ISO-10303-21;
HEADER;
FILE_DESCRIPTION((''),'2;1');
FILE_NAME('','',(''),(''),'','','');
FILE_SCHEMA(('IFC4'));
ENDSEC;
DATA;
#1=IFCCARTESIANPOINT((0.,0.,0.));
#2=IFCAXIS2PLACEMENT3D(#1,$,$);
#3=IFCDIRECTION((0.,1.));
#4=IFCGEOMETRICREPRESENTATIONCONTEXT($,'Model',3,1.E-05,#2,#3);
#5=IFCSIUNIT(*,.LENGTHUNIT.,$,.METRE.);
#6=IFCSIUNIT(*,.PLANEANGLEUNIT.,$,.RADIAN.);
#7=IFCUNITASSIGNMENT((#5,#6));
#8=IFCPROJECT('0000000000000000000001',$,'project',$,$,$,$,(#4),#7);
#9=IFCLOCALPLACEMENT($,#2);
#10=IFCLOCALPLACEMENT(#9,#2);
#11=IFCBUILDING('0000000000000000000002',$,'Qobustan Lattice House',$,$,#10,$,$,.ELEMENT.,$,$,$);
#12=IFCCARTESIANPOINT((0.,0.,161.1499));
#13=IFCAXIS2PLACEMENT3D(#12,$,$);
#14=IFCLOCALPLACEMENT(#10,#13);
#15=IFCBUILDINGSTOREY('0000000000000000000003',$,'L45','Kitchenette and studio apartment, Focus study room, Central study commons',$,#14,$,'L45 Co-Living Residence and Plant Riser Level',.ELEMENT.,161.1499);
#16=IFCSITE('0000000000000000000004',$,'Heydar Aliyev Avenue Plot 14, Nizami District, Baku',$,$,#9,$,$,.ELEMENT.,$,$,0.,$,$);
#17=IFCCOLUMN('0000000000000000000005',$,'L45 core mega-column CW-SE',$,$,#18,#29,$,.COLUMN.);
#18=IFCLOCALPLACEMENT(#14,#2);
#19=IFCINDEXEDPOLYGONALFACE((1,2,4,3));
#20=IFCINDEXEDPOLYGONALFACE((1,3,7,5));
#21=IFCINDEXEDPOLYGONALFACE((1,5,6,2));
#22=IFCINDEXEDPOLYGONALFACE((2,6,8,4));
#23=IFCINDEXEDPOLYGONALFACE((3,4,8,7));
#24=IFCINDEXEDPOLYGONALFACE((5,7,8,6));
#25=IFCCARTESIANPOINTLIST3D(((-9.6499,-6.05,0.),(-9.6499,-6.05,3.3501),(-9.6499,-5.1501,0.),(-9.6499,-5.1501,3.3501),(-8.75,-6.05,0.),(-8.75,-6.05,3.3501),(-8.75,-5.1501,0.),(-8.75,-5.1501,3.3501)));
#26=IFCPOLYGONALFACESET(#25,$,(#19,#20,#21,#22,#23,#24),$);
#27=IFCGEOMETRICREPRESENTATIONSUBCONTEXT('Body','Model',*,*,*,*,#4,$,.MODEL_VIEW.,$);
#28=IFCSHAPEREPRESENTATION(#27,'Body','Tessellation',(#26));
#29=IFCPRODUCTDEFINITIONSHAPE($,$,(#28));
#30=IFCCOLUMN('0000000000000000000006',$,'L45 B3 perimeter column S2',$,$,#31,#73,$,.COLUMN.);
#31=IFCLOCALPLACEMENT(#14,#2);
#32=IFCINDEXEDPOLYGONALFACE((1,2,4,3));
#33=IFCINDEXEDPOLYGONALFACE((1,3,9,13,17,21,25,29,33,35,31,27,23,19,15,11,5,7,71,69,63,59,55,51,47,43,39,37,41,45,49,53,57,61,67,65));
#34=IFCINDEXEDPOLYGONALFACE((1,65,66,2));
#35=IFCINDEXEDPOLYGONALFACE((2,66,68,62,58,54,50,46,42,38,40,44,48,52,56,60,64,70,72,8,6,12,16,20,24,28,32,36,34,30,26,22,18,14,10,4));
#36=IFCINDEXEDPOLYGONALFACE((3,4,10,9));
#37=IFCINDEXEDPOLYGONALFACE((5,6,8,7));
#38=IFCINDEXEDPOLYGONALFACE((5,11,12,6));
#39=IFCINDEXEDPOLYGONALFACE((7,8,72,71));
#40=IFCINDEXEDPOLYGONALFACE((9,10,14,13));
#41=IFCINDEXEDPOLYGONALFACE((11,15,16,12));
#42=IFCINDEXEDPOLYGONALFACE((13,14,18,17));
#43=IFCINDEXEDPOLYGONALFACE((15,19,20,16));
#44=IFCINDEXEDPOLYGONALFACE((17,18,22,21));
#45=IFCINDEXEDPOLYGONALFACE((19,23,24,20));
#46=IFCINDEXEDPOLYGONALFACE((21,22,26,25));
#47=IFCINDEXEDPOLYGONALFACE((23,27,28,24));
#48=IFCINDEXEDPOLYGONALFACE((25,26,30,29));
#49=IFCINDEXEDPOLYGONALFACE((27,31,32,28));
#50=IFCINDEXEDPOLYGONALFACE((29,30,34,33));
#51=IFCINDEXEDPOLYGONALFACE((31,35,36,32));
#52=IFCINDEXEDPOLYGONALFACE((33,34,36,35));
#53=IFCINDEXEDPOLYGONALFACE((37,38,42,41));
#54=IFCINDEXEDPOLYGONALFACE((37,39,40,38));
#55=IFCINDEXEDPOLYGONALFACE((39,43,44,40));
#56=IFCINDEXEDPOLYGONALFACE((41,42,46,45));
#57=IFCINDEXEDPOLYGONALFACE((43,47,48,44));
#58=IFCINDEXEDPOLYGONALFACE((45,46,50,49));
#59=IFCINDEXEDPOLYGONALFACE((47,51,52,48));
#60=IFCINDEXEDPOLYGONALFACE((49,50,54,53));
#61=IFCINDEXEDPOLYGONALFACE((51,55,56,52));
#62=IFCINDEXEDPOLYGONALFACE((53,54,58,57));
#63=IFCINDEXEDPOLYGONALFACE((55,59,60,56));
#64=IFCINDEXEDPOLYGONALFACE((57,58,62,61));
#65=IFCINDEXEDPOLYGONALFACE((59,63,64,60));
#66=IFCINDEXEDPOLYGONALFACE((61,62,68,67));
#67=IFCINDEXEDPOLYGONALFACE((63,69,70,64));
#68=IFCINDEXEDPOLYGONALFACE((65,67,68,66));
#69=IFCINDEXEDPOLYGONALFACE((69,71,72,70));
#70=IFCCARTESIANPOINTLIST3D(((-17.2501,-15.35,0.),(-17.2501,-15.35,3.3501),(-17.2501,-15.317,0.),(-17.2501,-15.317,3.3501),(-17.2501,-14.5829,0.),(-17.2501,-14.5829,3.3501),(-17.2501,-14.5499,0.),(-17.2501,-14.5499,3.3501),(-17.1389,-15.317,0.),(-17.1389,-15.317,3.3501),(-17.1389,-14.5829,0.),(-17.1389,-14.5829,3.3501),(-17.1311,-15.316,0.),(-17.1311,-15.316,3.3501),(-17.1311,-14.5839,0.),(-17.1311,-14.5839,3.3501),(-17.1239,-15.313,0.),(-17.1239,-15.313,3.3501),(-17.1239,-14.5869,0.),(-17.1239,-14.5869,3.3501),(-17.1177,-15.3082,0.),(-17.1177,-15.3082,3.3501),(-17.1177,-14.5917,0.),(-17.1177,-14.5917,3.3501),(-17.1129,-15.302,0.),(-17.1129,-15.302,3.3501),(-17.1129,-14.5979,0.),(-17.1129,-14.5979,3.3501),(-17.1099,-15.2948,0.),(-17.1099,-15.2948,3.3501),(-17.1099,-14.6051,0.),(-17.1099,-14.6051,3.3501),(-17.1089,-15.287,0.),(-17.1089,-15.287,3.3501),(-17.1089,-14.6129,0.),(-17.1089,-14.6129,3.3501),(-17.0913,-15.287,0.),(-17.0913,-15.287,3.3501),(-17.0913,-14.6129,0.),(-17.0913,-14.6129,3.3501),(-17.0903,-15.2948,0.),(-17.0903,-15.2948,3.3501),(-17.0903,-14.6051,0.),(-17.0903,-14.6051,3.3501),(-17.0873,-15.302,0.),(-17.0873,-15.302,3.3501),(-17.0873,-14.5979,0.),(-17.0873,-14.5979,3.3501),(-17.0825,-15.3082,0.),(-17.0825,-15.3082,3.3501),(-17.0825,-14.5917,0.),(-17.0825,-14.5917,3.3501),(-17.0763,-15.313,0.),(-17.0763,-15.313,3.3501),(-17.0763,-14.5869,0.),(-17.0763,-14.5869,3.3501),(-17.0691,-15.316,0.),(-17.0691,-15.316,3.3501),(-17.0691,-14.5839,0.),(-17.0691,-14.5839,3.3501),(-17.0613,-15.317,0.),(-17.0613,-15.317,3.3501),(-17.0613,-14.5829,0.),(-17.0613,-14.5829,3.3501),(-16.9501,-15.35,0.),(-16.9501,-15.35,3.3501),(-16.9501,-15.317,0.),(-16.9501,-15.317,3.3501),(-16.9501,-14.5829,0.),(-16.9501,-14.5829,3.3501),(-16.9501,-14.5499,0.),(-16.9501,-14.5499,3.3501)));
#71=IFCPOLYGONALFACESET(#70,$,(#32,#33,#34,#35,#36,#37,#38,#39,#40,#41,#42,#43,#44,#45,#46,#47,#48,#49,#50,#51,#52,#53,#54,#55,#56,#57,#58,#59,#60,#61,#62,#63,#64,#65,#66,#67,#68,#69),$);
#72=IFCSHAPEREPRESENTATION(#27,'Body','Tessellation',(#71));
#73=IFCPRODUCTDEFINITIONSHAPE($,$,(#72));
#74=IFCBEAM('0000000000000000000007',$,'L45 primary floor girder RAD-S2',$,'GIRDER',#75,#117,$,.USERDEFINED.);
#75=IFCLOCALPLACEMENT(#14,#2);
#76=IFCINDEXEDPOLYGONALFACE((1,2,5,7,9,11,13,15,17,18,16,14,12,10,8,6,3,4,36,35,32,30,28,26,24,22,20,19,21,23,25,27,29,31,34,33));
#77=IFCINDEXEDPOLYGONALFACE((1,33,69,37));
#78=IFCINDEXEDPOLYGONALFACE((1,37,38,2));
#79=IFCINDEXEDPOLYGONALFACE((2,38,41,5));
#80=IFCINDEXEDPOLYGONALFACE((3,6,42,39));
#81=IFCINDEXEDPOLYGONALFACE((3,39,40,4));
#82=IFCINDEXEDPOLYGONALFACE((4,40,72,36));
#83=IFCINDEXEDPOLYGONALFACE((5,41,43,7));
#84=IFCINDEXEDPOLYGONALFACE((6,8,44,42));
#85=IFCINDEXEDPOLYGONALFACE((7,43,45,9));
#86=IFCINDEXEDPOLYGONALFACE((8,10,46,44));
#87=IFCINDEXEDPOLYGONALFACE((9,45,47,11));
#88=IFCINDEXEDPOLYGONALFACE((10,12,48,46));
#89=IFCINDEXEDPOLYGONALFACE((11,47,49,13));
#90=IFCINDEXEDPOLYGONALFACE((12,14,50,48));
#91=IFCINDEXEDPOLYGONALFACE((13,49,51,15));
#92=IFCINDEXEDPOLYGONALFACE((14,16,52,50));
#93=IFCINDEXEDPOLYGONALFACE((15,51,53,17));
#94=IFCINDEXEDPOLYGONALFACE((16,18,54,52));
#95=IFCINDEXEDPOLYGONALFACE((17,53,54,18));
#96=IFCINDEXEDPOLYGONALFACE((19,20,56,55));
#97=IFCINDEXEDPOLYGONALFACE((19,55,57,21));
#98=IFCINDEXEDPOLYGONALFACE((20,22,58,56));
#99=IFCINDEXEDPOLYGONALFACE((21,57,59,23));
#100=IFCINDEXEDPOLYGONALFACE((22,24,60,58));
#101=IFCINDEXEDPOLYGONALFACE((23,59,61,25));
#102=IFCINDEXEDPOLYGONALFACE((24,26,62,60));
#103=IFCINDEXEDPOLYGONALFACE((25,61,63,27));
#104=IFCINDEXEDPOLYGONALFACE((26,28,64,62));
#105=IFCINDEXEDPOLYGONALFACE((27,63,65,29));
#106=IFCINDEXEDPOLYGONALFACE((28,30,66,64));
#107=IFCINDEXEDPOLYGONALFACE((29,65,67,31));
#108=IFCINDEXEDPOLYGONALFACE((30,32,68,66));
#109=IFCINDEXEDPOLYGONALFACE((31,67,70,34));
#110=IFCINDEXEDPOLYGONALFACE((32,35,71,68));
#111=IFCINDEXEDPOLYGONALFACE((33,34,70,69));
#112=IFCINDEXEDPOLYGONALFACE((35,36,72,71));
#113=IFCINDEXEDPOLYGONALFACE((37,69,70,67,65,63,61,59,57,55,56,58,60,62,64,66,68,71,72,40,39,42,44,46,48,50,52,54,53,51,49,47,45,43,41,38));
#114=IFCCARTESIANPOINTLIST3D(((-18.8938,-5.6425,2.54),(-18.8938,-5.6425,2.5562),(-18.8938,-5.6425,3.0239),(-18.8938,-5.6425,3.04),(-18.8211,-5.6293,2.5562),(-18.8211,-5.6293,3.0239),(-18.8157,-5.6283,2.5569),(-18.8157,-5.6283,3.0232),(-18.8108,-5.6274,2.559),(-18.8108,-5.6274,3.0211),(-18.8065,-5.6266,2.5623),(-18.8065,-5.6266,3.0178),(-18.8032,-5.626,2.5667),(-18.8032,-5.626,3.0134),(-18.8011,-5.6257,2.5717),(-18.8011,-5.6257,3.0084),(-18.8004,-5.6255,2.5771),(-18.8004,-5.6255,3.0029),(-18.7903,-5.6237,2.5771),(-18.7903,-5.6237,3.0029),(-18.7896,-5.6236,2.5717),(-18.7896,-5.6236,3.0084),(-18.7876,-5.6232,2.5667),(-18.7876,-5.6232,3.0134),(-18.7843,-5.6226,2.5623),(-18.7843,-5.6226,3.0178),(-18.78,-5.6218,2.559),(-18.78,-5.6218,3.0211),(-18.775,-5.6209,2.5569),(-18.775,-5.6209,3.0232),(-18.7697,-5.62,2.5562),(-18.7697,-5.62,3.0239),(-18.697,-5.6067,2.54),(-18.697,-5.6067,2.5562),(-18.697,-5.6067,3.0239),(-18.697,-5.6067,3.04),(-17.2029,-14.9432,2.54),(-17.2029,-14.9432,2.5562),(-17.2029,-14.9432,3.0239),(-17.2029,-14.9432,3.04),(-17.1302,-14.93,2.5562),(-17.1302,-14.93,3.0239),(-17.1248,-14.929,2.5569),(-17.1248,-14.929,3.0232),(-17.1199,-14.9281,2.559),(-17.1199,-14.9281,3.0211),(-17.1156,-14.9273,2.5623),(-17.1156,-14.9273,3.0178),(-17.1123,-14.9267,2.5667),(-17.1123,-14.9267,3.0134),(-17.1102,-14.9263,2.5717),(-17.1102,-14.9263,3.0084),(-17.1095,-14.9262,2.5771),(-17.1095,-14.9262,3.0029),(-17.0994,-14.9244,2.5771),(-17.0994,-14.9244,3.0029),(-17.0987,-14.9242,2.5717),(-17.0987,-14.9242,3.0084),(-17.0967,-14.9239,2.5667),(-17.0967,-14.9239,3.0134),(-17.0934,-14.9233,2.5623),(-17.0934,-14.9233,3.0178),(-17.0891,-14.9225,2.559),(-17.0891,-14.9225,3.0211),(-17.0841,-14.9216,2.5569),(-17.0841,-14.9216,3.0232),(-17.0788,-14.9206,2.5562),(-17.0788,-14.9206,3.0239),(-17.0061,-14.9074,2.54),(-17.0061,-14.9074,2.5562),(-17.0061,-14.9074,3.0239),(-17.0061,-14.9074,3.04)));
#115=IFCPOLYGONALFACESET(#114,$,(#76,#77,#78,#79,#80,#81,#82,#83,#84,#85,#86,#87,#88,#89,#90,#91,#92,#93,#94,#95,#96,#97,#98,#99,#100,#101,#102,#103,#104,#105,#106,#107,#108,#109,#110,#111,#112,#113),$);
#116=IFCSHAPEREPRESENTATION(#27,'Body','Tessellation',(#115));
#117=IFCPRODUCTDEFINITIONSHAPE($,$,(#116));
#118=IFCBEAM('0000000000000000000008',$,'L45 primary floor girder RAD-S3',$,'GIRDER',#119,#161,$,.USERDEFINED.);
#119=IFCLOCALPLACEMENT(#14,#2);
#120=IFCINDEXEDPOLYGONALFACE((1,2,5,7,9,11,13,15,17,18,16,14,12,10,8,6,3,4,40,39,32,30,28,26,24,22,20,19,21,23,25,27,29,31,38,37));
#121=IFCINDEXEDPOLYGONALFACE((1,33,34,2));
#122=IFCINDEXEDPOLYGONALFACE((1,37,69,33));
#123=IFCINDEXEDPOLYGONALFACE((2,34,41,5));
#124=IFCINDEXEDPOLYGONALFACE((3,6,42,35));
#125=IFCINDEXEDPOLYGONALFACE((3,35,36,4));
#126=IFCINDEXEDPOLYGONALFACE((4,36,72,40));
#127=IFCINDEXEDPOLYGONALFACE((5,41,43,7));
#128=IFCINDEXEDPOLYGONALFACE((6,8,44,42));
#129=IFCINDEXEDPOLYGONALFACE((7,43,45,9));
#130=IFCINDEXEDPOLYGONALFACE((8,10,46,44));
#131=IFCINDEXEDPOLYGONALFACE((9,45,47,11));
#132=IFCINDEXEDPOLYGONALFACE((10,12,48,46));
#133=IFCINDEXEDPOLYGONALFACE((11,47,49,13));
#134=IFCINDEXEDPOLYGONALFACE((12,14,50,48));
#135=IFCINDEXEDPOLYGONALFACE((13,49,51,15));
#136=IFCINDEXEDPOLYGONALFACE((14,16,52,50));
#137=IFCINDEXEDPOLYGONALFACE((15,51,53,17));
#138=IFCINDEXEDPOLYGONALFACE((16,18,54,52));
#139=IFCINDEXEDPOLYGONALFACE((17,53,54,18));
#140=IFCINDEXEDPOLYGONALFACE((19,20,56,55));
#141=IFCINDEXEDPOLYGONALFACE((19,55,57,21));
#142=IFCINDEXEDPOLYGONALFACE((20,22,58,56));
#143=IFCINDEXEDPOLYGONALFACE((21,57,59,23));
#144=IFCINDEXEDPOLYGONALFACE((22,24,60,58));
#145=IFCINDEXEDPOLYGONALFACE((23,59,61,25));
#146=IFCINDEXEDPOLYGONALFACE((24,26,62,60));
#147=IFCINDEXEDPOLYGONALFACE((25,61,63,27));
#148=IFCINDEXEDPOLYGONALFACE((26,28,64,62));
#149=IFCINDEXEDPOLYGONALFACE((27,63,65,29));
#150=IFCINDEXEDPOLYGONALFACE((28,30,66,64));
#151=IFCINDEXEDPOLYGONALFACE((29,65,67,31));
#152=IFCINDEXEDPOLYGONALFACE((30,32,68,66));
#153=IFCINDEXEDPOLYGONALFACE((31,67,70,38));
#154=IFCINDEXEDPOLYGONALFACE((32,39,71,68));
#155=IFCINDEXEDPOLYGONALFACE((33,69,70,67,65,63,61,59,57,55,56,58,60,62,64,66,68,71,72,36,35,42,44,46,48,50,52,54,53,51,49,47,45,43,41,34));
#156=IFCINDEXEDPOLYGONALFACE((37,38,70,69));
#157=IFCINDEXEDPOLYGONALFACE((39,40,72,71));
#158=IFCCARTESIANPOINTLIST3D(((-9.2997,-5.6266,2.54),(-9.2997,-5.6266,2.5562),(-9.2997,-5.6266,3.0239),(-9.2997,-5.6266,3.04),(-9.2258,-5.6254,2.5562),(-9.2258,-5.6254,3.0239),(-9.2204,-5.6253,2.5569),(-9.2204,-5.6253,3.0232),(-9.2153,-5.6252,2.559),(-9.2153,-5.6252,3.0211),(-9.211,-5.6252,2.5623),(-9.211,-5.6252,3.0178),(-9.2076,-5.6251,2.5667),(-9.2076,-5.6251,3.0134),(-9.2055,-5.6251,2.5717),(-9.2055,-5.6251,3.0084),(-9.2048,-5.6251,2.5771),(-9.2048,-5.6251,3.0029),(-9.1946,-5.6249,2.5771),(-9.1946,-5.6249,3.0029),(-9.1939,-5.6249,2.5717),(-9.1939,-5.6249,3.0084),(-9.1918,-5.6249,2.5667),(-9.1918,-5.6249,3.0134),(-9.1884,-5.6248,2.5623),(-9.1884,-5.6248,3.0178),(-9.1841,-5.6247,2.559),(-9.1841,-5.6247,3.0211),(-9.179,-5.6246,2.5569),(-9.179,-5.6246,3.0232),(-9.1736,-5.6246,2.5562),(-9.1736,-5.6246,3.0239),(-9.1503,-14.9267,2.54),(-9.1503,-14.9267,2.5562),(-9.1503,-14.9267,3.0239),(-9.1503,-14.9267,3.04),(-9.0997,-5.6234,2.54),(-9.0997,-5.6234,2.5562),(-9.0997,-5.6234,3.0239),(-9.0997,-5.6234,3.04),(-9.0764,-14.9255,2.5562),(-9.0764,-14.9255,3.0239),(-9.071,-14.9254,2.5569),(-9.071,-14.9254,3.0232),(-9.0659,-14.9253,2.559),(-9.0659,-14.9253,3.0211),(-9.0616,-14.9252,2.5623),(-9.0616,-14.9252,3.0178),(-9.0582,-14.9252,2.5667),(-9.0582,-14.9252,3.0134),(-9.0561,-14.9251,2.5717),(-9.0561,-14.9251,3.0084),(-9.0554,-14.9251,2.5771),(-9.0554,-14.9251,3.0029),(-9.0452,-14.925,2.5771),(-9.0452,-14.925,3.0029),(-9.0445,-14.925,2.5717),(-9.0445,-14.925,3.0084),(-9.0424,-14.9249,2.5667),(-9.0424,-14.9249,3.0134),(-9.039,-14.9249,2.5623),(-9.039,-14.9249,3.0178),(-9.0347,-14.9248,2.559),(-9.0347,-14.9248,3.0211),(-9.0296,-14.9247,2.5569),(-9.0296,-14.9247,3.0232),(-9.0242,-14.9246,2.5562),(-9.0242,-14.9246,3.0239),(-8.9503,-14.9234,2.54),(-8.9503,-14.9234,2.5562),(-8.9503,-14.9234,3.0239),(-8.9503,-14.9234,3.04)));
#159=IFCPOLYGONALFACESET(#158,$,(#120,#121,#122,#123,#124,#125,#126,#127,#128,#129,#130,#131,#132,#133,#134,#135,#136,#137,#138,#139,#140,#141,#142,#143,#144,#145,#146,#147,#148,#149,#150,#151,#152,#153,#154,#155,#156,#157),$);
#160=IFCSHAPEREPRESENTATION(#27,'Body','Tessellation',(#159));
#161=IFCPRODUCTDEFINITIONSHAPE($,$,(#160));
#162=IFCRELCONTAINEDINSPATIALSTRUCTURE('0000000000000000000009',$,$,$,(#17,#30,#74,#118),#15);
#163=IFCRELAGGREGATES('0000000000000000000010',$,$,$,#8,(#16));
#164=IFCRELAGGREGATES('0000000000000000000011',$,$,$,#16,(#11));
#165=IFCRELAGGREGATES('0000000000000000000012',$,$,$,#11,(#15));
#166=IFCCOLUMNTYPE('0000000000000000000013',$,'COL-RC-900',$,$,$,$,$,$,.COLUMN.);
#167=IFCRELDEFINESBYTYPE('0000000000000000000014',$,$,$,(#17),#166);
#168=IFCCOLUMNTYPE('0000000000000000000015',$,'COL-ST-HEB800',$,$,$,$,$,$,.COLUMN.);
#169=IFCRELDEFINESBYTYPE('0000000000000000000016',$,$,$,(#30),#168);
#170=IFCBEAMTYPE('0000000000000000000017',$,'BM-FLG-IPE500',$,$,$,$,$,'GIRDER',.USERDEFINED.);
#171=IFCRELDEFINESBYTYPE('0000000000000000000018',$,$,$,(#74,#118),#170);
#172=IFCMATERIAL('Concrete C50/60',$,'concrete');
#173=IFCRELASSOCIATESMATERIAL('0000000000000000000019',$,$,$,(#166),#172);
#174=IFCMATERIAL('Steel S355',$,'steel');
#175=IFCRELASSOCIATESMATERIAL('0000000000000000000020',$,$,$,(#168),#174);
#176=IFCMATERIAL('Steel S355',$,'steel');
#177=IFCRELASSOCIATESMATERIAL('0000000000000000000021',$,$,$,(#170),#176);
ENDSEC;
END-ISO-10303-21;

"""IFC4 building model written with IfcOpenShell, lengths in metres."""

from ifc_helpers import new_model, si_unit, direction, frame, origin, origin_2d, place, context, subcontext, project, spatial, rectangle, i_section, extrude, material, material_profile, profile_set, type_object, element, save


model = new_model("IFC4")

# Units and contexts
model_context = context("Model", 3, precision=1e-05, world=origin(), true_north=direction((0.0, 1.0)))
body_context = subcontext(model_context, "Body", "Model", "MODEL_VIEW")
ifc_project = project(units=[si_unit("LENGTHUNIT", "METRE"), si_unit("PLANEANGLEUNIT", "RADIAN")], contexts=[model_context])

# Site, building, storey
site_placement = place(None, origin())
site = spatial("IfcSite", under=ifc_project, at=site_placement, Name="Heydar Aliyev Avenue Plot 14, Nizami District, Baku", CompositionType="ELEMENT", RefElevation=0.0)
building_placement = place(site_placement, origin())
building = spatial("IfcBuilding", under=site, at=building_placement, Name="Qobustan Lattice House", CompositionType="ELEMENT")
storey_placement = place(building_placement, frame((0.0, 0.0, 161.1499)))
storey = spatial("IfcBuildingStorey", under=building, at=storey_placement, Name="L45", Description="Kitchenette and studio apartment, Focus study room, Central study commons", LongName="L45 Co-Living Residence and Plant Riser Level", CompositionType="ELEMENT", Elevation=161.1499)

# Columns
ifc_material_1 = material(Name="Concrete C50/60", Category="concrete")
ifc_material_profile_1 = material_profile(ifc_material_1, rectangle(XDim=0.8999, YDim=0.8999, at=origin_2d()), Name="RC900x900")
ifc_profile_set_1 = profile_set([ifc_material_profile_1], Name="Concrete C50/60")
column_type_1 = type_object("IfcColumnType", Name="COL-RC-900", PredefinedType="COLUMN", material=ifc_profile_set_1)
column_1_placement = place(storey_placement, frame((-9.2, -5.6001, 0.0), z_axis=(0.0, 0.0, 1.0), x_axis=(1.0, 0.0, 0.0)))
element("IfcColumn", 1, at=column_1_placement, inside=storey, type_object=column_type_1, Name="L45 core mega-column CW-SE", PredefinedType="COLUMN", context=body_context, shape_type="SweptSolid", body=[
    extrude(rectangle(XDim=0.8999, YDim=0.8999, at=origin_2d()), origin(), (0.0, 0.0, 1.0), 3.3501),
])
ifc_material_2 = material(Name="Steel S355", Category="steel")
ifc_material_profile_2 = material_profile(ifc_material_2, i_section(OverallWidth=0.3, OverallDepth=0.8, WebThickness=0.0176, FlangeThickness=0.033, FilletRadius=0.03, at=origin_2d()), Name="HEB800")
ifc_profile_set_2 = profile_set([ifc_material_profile_2], Name="Steel S355")
column_type_2 = type_object("IfcColumnType", Name="COL-ST-HEB800", PredefinedType="COLUMN", material=ifc_profile_set_2)
column_2_placement = place(storey_placement, frame((-17.1001, -14.95, 0.0), z_axis=(0.0, 0.0, 1.0), x_axis=(1.0, 0.0, 0.0)))
element("IfcColumn", 2, at=column_2_placement, inside=storey, type_object=column_type_2, Name="L45 B3 perimeter column S2", PredefinedType="COLUMN", context=body_context, shape_type="SweptSolid", body=[
    extrude(i_section(OverallWidth=0.3, OverallDepth=0.8, WebThickness=0.0176, FlangeThickness=0.033, FilletRadius=0.03, at=origin_2d()), origin(), (0.0, 0.0, 1.0), 3.3501),
])

# Beams
ifc_material_3 = material(Name="Steel S355", Category="steel")
ifc_material_profile_3 = material_profile(ifc_material_3, i_section(OverallWidth=0.2, OverallDepth=0.5, WebThickness=0.0103, FlangeThickness=0.0161, FilletRadius=0.021, at=origin_2d()), Name="IPE500")
ifc_profile_set_3 = profile_set([ifc_material_profile_3], Name="Steel S355")
beam_type_1 = type_object("IfcBeamType", Name="BM-FLG-IPE500", ElementType="GIRDER", PredefinedType="USERDEFINED", material=ifc_profile_set_3)
beam_1_placement = place(storey_placement, frame((-17.1045, -14.9253, 2.79), z_axis=(-0.178872, 0.983872, 0.0), x_axis=(-0.983872, -0.178872, 0.0)))
element("IfcBeam", 3, at=beam_1_placement, inside=storey, type_object=beam_type_1, Name="L45 primary floor girder RAD-S2", ObjectType="GIRDER", PredefinedType="USERDEFINED", context=body_context, shape_type="SweptSolid", body=[
    extrude(i_section(OverallWidth=0.2, OverallDepth=0.5, WebThickness=0.0103, FlangeThickness=0.0161, FilletRadius=0.021, at=origin_2d()), origin(), (0.0, 0.0, 1.0), 9.4531),
])
beam_2_placement = place(storey_placement, frame((-9.0503, -14.925, 2.79), z_axis=(-0.016064, 0.999871, 0.0), x_axis=(-0.999871, -0.016064, 0.0)))
element("IfcBeam", 4, at=beam_2_placement, inside=storey, type_object=beam_type_1, Name="L45 primary floor girder RAD-S3", ObjectType="GIRDER", PredefinedType="USERDEFINED", context=body_context, shape_type="SweptSolid", body=[
    extrude(i_section(OverallWidth=0.2, OverallDepth=0.5, WebThickness=0.0103, FlangeThickness=0.0161, FilletRadius=0.021, at=origin_2d()), origin(), (0.0, 0.0, 1.0), 9.3013),
])

save(model, "model.ifc")
